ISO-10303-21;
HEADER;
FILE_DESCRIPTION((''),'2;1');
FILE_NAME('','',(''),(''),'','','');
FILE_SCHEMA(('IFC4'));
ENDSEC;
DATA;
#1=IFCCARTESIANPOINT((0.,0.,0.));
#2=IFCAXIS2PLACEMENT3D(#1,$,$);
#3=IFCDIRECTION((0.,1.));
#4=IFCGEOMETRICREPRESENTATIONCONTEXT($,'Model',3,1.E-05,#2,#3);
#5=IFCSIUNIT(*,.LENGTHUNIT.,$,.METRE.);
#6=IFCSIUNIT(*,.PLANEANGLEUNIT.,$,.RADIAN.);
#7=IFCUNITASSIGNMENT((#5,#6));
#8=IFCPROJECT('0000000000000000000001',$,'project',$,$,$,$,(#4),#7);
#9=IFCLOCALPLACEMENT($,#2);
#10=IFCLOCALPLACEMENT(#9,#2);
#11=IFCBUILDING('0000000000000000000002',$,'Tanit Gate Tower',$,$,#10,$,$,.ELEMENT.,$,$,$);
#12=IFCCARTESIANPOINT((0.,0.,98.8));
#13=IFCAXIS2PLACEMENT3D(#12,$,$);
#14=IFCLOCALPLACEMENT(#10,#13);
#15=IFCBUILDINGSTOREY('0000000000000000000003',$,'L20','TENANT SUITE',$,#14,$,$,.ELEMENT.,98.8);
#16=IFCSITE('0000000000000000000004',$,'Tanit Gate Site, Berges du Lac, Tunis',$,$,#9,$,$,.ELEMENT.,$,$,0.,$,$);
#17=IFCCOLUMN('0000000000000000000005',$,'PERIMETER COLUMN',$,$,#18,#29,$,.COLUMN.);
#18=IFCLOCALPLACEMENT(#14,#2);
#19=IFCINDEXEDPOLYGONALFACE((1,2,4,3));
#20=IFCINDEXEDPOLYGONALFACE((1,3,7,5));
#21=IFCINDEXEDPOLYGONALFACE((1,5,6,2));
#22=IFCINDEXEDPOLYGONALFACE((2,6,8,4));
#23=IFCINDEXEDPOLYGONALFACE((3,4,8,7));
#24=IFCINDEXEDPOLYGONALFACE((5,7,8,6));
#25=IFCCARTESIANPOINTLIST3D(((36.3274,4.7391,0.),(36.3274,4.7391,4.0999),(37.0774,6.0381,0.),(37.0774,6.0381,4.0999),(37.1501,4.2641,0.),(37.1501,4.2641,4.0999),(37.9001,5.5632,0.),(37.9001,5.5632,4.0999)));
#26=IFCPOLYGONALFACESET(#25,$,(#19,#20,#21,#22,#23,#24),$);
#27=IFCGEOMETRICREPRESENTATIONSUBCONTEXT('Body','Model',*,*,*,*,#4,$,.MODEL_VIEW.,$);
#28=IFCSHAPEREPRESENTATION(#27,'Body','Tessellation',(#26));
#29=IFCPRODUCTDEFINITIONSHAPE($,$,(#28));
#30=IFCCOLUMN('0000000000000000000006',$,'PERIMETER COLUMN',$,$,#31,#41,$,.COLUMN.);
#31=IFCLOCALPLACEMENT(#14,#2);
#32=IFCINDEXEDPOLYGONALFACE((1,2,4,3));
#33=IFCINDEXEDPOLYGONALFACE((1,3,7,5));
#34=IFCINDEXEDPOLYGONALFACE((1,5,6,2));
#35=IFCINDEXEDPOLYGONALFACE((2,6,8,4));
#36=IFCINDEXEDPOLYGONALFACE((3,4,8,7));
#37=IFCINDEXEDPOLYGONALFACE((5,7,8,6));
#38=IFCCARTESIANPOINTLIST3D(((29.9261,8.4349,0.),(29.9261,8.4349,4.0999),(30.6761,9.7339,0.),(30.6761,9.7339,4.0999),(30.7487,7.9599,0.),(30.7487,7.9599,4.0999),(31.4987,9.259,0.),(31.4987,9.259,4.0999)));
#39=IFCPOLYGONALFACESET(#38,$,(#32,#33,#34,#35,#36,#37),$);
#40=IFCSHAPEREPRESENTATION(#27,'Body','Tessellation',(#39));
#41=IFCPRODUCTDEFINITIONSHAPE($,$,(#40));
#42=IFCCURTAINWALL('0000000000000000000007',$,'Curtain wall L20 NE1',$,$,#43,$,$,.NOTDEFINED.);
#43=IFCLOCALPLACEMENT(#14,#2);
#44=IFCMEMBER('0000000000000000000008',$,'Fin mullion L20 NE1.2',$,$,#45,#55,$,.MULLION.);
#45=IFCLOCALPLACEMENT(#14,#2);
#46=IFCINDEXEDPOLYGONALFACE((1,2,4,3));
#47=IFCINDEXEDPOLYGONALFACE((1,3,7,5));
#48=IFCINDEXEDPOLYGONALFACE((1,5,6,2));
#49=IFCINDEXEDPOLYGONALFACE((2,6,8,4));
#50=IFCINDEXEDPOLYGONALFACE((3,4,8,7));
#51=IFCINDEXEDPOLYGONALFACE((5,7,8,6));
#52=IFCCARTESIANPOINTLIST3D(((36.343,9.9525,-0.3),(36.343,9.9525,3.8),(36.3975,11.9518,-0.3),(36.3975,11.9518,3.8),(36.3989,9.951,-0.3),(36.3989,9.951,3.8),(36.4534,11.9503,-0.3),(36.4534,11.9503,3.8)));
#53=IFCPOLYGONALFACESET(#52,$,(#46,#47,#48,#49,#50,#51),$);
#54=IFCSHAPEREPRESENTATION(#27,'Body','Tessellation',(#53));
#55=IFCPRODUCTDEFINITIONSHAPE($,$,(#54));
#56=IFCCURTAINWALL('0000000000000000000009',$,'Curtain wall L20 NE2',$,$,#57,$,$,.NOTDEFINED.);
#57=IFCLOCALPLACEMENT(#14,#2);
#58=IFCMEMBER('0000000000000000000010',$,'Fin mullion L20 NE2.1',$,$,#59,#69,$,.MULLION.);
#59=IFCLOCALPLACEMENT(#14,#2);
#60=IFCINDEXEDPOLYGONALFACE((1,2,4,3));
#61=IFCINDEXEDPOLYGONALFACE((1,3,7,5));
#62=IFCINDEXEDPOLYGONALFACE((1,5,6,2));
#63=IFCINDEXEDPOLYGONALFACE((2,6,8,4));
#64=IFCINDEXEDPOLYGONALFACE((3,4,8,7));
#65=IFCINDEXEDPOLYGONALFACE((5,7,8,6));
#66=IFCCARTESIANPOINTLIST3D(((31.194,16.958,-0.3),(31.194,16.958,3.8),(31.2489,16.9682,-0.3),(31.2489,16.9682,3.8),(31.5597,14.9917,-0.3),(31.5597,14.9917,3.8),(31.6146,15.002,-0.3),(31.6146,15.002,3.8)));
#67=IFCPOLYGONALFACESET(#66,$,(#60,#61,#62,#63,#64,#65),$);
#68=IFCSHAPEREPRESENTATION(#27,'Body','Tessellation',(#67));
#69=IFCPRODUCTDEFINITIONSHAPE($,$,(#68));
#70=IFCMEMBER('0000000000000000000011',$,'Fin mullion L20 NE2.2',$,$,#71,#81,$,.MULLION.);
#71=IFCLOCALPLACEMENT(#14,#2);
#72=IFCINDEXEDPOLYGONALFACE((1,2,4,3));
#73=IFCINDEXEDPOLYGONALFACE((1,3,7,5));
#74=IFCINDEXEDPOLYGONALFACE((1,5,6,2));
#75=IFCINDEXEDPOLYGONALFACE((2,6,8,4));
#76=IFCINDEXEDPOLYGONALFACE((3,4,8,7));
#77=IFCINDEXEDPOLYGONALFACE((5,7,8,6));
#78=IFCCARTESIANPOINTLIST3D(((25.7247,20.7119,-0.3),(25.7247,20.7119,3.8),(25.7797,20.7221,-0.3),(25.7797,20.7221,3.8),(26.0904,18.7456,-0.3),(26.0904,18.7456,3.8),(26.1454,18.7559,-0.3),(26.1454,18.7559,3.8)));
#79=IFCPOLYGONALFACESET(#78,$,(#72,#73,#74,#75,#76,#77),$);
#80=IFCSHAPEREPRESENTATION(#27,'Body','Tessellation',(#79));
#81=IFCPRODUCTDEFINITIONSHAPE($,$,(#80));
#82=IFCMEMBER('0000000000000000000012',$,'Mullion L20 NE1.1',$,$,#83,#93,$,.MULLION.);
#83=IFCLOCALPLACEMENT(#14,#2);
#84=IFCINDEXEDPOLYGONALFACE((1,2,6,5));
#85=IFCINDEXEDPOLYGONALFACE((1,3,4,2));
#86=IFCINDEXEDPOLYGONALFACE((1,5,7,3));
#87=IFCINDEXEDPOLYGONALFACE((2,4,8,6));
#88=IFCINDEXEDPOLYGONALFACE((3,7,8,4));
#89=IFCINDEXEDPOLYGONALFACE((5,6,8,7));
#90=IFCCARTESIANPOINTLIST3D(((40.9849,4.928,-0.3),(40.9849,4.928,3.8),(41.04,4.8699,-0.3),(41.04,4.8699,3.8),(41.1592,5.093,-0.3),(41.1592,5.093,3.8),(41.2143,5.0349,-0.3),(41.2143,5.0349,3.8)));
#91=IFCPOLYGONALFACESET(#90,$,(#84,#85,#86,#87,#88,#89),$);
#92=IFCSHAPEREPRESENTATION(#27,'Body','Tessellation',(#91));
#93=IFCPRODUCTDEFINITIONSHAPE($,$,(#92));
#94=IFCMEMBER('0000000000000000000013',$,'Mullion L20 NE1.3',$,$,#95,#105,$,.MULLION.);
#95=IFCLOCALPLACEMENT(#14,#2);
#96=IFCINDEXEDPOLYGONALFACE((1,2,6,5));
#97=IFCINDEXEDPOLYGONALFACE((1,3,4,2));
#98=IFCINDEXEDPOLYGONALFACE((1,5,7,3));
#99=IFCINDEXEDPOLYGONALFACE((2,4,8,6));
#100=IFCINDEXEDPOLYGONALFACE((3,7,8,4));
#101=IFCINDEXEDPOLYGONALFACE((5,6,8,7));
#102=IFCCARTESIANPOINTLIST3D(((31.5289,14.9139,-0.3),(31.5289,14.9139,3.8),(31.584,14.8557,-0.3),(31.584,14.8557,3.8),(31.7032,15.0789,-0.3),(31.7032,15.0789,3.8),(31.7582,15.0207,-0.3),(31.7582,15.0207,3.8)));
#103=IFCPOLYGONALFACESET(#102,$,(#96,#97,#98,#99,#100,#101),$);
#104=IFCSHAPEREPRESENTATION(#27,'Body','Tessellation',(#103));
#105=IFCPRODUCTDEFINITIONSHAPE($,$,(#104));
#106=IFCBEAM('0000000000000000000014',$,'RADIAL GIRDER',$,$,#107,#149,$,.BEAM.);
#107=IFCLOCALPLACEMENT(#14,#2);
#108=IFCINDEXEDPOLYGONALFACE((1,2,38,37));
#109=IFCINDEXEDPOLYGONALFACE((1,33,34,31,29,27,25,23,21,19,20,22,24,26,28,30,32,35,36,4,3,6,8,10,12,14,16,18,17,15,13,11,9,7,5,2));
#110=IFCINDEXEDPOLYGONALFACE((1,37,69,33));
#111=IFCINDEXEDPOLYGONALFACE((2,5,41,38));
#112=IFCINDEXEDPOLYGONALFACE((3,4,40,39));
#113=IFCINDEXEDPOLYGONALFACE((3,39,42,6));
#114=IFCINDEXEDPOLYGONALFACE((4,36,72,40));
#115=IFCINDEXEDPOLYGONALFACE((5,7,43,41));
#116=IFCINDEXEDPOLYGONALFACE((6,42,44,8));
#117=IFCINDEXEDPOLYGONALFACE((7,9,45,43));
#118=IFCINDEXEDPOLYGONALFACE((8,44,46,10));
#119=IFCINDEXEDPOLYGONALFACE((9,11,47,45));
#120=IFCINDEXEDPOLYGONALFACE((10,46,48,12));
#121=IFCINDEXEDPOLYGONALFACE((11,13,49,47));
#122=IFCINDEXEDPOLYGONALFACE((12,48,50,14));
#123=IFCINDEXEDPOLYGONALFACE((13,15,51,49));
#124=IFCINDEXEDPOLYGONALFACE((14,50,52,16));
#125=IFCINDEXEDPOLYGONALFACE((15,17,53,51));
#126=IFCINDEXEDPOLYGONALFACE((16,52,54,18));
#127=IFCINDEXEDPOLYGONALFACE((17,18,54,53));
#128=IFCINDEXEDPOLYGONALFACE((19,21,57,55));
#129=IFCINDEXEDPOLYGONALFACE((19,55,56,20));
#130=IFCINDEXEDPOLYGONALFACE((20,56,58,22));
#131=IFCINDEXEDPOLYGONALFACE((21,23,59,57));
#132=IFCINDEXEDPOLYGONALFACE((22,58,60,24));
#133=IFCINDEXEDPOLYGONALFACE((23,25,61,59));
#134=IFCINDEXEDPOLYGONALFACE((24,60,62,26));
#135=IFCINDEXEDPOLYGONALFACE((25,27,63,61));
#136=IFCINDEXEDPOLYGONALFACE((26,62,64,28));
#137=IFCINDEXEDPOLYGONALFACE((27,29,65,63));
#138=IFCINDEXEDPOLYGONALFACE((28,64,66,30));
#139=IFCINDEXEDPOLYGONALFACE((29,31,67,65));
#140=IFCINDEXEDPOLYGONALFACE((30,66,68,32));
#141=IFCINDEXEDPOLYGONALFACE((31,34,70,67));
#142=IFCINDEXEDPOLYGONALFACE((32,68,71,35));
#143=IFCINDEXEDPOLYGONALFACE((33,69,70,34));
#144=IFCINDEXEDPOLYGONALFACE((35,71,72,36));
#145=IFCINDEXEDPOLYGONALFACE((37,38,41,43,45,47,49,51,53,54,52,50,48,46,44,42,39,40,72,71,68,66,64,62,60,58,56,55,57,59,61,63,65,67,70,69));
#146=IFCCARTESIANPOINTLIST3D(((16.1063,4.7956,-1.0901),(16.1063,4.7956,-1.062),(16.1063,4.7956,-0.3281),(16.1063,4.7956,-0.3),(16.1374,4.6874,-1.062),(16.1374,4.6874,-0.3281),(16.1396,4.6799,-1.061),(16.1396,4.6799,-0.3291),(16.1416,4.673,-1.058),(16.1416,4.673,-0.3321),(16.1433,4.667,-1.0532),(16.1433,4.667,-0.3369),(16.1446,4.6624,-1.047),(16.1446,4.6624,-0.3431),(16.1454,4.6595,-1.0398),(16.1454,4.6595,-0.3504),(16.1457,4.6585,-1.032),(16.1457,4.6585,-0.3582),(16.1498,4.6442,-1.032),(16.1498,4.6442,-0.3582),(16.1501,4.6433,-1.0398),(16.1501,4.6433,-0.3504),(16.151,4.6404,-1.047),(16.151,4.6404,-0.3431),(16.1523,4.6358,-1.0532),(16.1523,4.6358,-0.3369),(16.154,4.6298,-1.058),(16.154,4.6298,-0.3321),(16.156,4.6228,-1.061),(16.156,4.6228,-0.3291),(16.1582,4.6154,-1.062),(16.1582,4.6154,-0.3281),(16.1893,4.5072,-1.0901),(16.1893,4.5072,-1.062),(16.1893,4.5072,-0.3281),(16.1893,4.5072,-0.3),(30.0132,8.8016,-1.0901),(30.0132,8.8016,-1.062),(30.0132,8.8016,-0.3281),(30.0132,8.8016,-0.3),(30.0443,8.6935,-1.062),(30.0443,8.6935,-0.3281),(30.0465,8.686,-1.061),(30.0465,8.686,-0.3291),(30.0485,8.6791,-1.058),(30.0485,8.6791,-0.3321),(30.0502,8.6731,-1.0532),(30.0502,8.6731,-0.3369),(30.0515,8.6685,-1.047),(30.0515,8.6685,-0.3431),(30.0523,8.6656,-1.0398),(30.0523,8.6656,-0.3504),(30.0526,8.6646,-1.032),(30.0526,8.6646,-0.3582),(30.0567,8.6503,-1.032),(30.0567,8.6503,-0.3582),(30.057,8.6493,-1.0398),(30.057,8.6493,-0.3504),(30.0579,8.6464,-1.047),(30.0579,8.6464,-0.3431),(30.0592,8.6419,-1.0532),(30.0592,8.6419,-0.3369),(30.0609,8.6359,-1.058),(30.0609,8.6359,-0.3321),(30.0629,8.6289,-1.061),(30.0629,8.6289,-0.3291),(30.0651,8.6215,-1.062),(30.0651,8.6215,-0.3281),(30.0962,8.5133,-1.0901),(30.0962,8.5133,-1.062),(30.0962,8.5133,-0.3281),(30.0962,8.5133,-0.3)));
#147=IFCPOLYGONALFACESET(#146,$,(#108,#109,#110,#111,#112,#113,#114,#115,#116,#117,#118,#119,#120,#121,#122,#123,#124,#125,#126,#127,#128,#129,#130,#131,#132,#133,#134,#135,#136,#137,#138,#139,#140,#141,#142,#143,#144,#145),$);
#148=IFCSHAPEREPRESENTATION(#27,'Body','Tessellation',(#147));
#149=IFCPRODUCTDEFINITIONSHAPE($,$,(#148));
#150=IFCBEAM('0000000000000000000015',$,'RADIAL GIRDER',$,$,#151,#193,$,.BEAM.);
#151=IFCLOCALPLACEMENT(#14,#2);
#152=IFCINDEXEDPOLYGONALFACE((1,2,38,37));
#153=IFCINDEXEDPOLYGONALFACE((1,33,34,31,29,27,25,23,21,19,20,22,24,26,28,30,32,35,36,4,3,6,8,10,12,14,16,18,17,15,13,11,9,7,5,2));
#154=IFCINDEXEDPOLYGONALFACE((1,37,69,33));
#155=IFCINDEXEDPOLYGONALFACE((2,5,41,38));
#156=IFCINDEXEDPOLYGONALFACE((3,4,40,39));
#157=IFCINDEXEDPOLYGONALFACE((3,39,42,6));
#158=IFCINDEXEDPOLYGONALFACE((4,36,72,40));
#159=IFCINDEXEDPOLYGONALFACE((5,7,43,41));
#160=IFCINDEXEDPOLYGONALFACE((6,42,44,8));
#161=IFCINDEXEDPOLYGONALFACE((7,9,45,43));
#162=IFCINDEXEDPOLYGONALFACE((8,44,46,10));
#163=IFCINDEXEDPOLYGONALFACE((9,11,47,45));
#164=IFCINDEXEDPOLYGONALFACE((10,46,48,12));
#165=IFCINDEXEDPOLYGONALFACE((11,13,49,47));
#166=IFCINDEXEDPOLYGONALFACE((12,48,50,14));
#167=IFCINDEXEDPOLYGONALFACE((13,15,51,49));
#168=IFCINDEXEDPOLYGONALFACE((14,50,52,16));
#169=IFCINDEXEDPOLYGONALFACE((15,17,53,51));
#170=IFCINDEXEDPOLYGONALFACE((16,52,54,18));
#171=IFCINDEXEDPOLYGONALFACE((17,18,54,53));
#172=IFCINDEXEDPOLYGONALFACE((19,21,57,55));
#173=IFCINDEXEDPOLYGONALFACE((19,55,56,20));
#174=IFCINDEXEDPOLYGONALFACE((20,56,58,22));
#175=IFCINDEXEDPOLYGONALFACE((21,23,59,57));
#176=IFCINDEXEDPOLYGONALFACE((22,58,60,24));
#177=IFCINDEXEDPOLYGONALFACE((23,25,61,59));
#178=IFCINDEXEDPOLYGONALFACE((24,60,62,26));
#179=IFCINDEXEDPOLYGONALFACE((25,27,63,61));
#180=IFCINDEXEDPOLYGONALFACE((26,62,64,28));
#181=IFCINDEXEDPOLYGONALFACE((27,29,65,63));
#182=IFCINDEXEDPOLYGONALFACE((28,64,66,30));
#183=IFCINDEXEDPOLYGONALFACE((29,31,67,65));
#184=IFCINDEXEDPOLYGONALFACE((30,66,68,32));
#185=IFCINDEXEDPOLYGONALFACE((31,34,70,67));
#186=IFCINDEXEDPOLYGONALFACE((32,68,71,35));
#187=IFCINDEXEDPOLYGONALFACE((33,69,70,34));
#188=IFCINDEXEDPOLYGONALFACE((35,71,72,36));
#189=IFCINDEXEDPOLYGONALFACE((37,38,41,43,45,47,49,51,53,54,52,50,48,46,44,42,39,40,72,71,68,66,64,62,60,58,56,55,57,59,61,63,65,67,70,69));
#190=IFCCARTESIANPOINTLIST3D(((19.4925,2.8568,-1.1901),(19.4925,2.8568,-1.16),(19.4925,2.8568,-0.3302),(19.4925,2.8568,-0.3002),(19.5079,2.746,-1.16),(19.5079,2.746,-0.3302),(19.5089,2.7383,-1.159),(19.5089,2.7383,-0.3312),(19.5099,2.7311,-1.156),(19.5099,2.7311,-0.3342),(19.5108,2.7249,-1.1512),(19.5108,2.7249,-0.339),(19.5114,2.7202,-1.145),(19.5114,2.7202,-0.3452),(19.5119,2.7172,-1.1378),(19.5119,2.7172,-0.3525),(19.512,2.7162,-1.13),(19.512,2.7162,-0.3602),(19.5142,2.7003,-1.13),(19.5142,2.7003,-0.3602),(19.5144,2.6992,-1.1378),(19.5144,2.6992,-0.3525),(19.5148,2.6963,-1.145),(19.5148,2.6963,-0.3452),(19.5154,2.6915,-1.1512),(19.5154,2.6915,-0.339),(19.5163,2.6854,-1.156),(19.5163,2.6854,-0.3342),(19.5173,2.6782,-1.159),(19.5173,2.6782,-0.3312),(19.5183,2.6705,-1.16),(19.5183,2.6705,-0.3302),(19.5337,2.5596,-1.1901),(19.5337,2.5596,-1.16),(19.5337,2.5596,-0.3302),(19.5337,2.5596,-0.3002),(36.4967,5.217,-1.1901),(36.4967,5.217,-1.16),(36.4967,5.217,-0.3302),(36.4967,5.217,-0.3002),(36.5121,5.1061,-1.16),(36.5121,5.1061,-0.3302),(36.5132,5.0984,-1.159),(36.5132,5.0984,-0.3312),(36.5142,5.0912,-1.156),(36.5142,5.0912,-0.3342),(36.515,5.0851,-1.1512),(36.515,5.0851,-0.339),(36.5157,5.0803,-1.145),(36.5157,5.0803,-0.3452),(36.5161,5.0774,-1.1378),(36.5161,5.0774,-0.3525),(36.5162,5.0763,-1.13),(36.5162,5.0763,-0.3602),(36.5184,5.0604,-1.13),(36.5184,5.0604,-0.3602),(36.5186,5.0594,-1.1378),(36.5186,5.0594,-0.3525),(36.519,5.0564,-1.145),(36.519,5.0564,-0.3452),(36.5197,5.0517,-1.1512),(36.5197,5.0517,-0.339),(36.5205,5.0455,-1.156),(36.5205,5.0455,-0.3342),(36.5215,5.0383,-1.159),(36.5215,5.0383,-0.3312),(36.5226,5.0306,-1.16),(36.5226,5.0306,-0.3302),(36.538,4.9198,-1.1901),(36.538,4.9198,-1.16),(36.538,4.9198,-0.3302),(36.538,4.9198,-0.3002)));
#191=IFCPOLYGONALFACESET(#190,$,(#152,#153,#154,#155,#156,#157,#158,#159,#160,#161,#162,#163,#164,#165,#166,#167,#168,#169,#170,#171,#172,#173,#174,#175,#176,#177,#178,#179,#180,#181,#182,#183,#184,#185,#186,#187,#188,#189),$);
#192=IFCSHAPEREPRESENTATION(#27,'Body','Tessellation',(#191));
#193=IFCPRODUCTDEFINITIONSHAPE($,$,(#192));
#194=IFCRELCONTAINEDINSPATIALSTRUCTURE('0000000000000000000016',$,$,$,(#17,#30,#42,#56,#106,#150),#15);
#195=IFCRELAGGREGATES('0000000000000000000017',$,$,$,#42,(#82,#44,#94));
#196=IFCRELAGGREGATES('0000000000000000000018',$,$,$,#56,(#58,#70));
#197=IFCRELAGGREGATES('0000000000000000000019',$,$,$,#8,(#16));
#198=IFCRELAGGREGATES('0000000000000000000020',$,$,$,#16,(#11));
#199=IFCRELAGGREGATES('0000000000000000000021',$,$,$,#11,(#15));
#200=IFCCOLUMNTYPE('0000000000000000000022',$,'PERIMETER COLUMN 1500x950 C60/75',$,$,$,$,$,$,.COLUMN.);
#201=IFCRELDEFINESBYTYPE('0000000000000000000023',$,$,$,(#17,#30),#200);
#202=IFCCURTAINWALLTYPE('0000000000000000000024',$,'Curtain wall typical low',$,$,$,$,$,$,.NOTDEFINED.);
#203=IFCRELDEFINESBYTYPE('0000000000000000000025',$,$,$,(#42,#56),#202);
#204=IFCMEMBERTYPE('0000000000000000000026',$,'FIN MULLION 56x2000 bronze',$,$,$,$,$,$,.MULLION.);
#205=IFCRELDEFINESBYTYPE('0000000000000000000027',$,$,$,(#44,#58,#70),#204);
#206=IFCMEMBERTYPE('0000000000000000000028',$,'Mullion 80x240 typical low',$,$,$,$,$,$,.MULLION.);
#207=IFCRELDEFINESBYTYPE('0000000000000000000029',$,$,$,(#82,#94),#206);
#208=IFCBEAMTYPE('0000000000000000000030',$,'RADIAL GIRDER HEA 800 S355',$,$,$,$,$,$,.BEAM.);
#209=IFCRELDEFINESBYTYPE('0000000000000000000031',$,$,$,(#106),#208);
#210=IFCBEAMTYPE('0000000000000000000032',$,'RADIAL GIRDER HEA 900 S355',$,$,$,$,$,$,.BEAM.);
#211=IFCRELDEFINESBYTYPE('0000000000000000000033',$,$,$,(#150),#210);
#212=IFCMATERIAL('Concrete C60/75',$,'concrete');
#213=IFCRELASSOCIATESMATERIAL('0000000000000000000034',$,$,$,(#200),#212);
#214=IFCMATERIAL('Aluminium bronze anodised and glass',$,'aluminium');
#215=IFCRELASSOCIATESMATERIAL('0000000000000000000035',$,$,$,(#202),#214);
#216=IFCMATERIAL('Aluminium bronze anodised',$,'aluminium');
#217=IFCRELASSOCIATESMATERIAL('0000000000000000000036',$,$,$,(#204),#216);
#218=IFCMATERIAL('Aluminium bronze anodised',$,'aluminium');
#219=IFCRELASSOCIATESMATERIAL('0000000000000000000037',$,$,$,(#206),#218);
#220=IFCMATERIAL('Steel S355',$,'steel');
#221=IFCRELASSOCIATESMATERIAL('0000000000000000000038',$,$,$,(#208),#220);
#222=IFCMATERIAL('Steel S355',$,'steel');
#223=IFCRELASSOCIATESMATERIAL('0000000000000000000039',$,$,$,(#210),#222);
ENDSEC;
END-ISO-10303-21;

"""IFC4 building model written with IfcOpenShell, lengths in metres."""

from ifc_helpers import new_model, si_unit, direction, frame, origin, origin_2d, place, context, subcontext, project, spatial, rectangle, i_section, extrude, material, material_profile, profile_set, type_object, element, aggregate, save


model = new_model("IFC4")

# Units and contexts
model_context = context("Model", 3, precision=1e-05, world=origin(), true_north=direction((0.0, 1.0)))
body_context = subcontext(model_context, "Body", "Model", "MODEL_VIEW")
ifc_project = project(units=[si_unit("LENGTHUNIT", "METRE"), si_unit("PLANEANGLEUNIT", "RADIAN")], contexts=[model_context])

# Site, building, storey
site_placement = place(None, origin())
site = spatial("IfcSite", under=ifc_project, at=site_placement, Name="Tanit Gate Site, Berges du Lac, Tunis", CompositionType="ELEMENT", RefElevation=0.0)
building_placement = place(site_placement, origin())
building = spatial("IfcBuilding", under=site, at=building_placement, Name="Tanit Gate Tower", CompositionType="ELEMENT")
storey_placement = place(building_placement, frame((0.0, 0.0, 98.8)))
storey = spatial("IfcBuildingStorey", under=building, at=storey_placement, Name="L20", Description="TENANT SUITE", CompositionType="ELEMENT", Elevation=98.8)

# Columns
ifc_material_1 = material(Name="Concrete C60/75", Category="concrete")
ifc_material_profile_1 = material_profile(ifc_material_1, rectangle(XDim=1.5, YDim=0.95, at=origin_2d()), Name="RC 1500x950")
ifc_profile_set_1 = profile_set([ifc_material_profile_1], Name="Concrete C60/75")
column_type = type_object("IfcColumnType", Name="PERIMETER COLUMN 1500x950 C60/75", PredefinedType="COLUMN", material=ifc_profile_set_1)
for number, where, z_axis, x_axis, name in (
    (1, (37.1138, 5.1511, 0.0), (0.0, 0.0, 1.0), (0.5, 0.866025, 0.0), "PERIMETER COLUMN"),
    (2, (30.7124, 8.8469, 0.0), (0.0, 0.0, 1.0), (0.5, 0.866025, 0.0), "PERIMETER COLUMN"),
):
    element("IfcColumn", number, at=place(storey_placement, frame(where, z_axis=z_axis, x_axis=x_axis)), inside=storey, type_object=column_type, Name=name, PredefinedType="COLUMN", context=body_context, shape_type="SweptSolid", body=[
        extrude(rectangle(XDim=1.5, YDim=0.95, at=origin_2d()), origin(), (0.0, 0.0, 1.0), 4.0999),
    ])

# Curtain wall, member
ifc_material_2 = material(Name="Aluminium bronze anodised and glass", Category="aluminium")
curtain_wall_type = type_object("IfcCurtainWallType", Name="Curtain wall typical low", PredefinedType="NOTDEFINED", material=ifc_material_2)
curtain_wall_1_placement = place(storey_placement, origin())
curtain_wall_1 = element("IfcCurtainWall", 3, at=curtain_wall_1_placement, inside=storey, type_object=curtain_wall_type, Name="Curtain wall L20 NE1", PredefinedType="NOTDEFINED")
ifc_material_3 = material(Name="Aluminium bronze anodised", Category="aluminium")
ifc_material_profile_2 = material_profile(ifc_material_3, rectangle(XDim=2.0, YDim=0.0559, at=origin_2d()), Name="56x2000 bronze fin mullion")
ifc_profile_set_2 = profile_set([ifc_material_profile_2], Name="Aluminium bronze anodised")
member_type_1 = type_object("IfcMemberType", Name="FIN MULLION 56x2000 bronze", PredefinedType="MULLION", material=ifc_profile_set_2)
member_1_placement = place(storey_placement, frame((36.3982, 10.9514, -0.3), z_axis=(0.0, 0.0, 1.0), x_axis=(-0.027242, -0.999629, 0.0)))
member_1 = element("IfcMember", 4, at=member_1_placement, type_object=member_type_1, Name="Fin mullion L20 NE1.2", PredefinedType="MULLION", context=body_context, shape_type="SweptSolid", body=[
    extrude(rectangle(XDim=2.0, YDim=0.0559, at=origin_2d()), origin(), (0.0, 0.0, 1.0), 4.1001),
])

# Curtain wall, members
curtain_wall_2_placement = place(storey_placement, origin())
curtain_wall_2 = element("IfcCurtainWall", 5, at=curtain_wall_2_placement, inside=storey, type_object=curtain_wall_type, Name="Curtain wall L20 NE2", PredefinedType="NOTDEFINED")
member_2_placement = place(storey_placement, frame((31.4043, 15.98, -0.3), z_axis=(0.0, 0.0, 1.0), x_axis=(0.182847, -0.983141, 0.0)))
member_2 = element("IfcMember", 6, at=member_2_placement, type_object=member_type_1, Name="Fin mullion L20 NE2.1", PredefinedType="MULLION", context=body_context, shape_type="SweptSolid", body=[
    extrude(rectangle(XDim=2.0, YDim=0.0559, at=origin_2d()), origin(), (0.0, 0.0, 1.0), 4.1001),
])
member_3_placement = place(storey_placement, frame((25.9351, 19.7339, -0.3), z_axis=(0.0, 0.0, 1.0), x_axis=(0.182847, -0.983141, 0.0)))
member_3 = element("IfcMember", 7, at=member_3_placement, type_object=member_type_1, Name="Fin mullion L20 NE2.2", PredefinedType="MULLION", context=body_context, shape_type="SweptSolid", body=[
    extrude(rectangle(XDim=2.0, YDim=0.0559, at=origin_2d()), origin(), (0.0, 0.0, 1.0), 4.1001),
])

# Members
ifc_material_4 = material(Name="Aluminium bronze anodised", Category="aluminium")
ifc_material_profile_3 = material_profile(ifc_material_4, rectangle(XDim=0.24, YDim=0.0801, at=origin_2d()), Name="80x240 bronze mullion")
ifc_profile_set_3 = profile_set([ifc_material_profile_3], Name="Aluminium bronze anodised")
member_type_2 = type_object("IfcMemberType", Name="Mullion 80x240 typical low", PredefinedType="MULLION", material=ifc_profile_set_3)
member_4_placement = place(storey_placement, frame((41.0996, 4.9814, -0.3), z_axis=(0.0, 0.0, 1.0), x_axis=(-0.726107, -0.687581, 0.0)))
member_4 = element("IfcMember", 8, at=member_4_placement, type_object=member_type_2, Name="Mullion L20 NE1.1", PredefinedType="MULLION", context=body_context, shape_type="SweptSolid", body=[
    extrude(rectangle(XDim=0.24, YDim=0.0801, at=origin_2d()), origin(), (0.0, 0.0, 1.0), 4.1001),
])
member_5_placement = place(storey_placement, frame((31.6436, 14.9673, -0.3), z_axis=(0.0, 0.0, 1.0), x_axis=(-0.726107, -0.687581, 0.0)))
member_5 = element("IfcMember", 9, at=member_5_placement, type_object=member_type_2, Name="Mullion L20 NE1.3", PredefinedType="MULLION", context=body_context, shape_type="SweptSolid", body=[
    extrude(rectangle(XDim=0.24, YDim=0.0801, at=origin_2d()), origin(), (0.0, 0.0, 1.0), 4.1001),
])

# Beams
ifc_material_5 = material(Name="Steel S355", Category="steel")
ifc_material_profile_4 = material_profile(ifc_material_5, i_section(OverallWidth=0.3, OverallDepth=0.79, WebThickness=0.0149, FlangeThickness=0.0281, FilletRadius=0.03, at=origin_2d()), Name="HEA 800")
ifc_profile_set_4 = profile_set([ifc_material_profile_4], Name="Steel S355")
beam_type_1 = type_object("IfcBeamType", Name="RADIAL GIRDER HEA 800 S355", PredefinedType="BEAM", material=ifc_profile_set_4)
beam_1_placement = place(storey_placement, frame((30.0547, 8.6575, -0.6951), z_axis=(-0.960925, -0.276808, 0.0), x_axis=(0.276808, -0.960925, 0.0)))
element("IfcBeam", 10, at=beam_1_placement, inside=storey, type_object=beam_type_1, Name="RADIAL GIRDER", PredefinedType="BEAM", context=body_context, shape_type="SweptSolid", body=[
    extrude(i_section(OverallWidth=0.3, OverallDepth=0.79, WebThickness=0.0149, FlangeThickness=0.0281, FilletRadius=0.03, at=origin_2d()), origin(), (0.0, 0.0, 1.0), 14.4724),
])
ifc_material_6 = material(Name="Steel S355", Category="steel")
ifc_material_profile_5 = material_profile(ifc_material_6, i_section(OverallWidth=0.3, OverallDepth=0.8899, WebThickness=0.0161, FlangeThickness=0.03, FilletRadius=0.03, at=origin_2d()), Name="HEA 900")
ifc_profile_set_5 = profile_set([ifc_material_profile_5], Name="Steel S355")
beam_type_2 = type_object("IfcBeamType", Name="RADIAL GIRDER HEA 900 S355", PredefinedType="BEAM", material=ifc_profile_set_5)
beam_2_placement = place(storey_placement, frame((36.5173, 5.0684, -0.7451), z_axis=(-0.990505, -0.137478, 0.0), x_axis=(0.137478, -0.990505, 0.0)))
element("IfcBeam", 11, at=beam_2_placement, inside=storey, type_object=beam_type_2, Name="RADIAL GIRDER", PredefinedType="BEAM", context=body_context, shape_type="SweptSolid", body=[
    extrude(i_section(OverallWidth=0.3, OverallDepth=0.8899, WebThickness=0.0161, FlangeThickness=0.03, FilletRadius=0.03, at=origin_2d()), origin(), (0.0, 0.0, 1.0), 17.1672),
])

aggregate(curtain_wall_1, [member_4, member_1, member_5])
aggregate(curtain_wall_2, [member_2, member_3])

save(model, "model.ifc")
